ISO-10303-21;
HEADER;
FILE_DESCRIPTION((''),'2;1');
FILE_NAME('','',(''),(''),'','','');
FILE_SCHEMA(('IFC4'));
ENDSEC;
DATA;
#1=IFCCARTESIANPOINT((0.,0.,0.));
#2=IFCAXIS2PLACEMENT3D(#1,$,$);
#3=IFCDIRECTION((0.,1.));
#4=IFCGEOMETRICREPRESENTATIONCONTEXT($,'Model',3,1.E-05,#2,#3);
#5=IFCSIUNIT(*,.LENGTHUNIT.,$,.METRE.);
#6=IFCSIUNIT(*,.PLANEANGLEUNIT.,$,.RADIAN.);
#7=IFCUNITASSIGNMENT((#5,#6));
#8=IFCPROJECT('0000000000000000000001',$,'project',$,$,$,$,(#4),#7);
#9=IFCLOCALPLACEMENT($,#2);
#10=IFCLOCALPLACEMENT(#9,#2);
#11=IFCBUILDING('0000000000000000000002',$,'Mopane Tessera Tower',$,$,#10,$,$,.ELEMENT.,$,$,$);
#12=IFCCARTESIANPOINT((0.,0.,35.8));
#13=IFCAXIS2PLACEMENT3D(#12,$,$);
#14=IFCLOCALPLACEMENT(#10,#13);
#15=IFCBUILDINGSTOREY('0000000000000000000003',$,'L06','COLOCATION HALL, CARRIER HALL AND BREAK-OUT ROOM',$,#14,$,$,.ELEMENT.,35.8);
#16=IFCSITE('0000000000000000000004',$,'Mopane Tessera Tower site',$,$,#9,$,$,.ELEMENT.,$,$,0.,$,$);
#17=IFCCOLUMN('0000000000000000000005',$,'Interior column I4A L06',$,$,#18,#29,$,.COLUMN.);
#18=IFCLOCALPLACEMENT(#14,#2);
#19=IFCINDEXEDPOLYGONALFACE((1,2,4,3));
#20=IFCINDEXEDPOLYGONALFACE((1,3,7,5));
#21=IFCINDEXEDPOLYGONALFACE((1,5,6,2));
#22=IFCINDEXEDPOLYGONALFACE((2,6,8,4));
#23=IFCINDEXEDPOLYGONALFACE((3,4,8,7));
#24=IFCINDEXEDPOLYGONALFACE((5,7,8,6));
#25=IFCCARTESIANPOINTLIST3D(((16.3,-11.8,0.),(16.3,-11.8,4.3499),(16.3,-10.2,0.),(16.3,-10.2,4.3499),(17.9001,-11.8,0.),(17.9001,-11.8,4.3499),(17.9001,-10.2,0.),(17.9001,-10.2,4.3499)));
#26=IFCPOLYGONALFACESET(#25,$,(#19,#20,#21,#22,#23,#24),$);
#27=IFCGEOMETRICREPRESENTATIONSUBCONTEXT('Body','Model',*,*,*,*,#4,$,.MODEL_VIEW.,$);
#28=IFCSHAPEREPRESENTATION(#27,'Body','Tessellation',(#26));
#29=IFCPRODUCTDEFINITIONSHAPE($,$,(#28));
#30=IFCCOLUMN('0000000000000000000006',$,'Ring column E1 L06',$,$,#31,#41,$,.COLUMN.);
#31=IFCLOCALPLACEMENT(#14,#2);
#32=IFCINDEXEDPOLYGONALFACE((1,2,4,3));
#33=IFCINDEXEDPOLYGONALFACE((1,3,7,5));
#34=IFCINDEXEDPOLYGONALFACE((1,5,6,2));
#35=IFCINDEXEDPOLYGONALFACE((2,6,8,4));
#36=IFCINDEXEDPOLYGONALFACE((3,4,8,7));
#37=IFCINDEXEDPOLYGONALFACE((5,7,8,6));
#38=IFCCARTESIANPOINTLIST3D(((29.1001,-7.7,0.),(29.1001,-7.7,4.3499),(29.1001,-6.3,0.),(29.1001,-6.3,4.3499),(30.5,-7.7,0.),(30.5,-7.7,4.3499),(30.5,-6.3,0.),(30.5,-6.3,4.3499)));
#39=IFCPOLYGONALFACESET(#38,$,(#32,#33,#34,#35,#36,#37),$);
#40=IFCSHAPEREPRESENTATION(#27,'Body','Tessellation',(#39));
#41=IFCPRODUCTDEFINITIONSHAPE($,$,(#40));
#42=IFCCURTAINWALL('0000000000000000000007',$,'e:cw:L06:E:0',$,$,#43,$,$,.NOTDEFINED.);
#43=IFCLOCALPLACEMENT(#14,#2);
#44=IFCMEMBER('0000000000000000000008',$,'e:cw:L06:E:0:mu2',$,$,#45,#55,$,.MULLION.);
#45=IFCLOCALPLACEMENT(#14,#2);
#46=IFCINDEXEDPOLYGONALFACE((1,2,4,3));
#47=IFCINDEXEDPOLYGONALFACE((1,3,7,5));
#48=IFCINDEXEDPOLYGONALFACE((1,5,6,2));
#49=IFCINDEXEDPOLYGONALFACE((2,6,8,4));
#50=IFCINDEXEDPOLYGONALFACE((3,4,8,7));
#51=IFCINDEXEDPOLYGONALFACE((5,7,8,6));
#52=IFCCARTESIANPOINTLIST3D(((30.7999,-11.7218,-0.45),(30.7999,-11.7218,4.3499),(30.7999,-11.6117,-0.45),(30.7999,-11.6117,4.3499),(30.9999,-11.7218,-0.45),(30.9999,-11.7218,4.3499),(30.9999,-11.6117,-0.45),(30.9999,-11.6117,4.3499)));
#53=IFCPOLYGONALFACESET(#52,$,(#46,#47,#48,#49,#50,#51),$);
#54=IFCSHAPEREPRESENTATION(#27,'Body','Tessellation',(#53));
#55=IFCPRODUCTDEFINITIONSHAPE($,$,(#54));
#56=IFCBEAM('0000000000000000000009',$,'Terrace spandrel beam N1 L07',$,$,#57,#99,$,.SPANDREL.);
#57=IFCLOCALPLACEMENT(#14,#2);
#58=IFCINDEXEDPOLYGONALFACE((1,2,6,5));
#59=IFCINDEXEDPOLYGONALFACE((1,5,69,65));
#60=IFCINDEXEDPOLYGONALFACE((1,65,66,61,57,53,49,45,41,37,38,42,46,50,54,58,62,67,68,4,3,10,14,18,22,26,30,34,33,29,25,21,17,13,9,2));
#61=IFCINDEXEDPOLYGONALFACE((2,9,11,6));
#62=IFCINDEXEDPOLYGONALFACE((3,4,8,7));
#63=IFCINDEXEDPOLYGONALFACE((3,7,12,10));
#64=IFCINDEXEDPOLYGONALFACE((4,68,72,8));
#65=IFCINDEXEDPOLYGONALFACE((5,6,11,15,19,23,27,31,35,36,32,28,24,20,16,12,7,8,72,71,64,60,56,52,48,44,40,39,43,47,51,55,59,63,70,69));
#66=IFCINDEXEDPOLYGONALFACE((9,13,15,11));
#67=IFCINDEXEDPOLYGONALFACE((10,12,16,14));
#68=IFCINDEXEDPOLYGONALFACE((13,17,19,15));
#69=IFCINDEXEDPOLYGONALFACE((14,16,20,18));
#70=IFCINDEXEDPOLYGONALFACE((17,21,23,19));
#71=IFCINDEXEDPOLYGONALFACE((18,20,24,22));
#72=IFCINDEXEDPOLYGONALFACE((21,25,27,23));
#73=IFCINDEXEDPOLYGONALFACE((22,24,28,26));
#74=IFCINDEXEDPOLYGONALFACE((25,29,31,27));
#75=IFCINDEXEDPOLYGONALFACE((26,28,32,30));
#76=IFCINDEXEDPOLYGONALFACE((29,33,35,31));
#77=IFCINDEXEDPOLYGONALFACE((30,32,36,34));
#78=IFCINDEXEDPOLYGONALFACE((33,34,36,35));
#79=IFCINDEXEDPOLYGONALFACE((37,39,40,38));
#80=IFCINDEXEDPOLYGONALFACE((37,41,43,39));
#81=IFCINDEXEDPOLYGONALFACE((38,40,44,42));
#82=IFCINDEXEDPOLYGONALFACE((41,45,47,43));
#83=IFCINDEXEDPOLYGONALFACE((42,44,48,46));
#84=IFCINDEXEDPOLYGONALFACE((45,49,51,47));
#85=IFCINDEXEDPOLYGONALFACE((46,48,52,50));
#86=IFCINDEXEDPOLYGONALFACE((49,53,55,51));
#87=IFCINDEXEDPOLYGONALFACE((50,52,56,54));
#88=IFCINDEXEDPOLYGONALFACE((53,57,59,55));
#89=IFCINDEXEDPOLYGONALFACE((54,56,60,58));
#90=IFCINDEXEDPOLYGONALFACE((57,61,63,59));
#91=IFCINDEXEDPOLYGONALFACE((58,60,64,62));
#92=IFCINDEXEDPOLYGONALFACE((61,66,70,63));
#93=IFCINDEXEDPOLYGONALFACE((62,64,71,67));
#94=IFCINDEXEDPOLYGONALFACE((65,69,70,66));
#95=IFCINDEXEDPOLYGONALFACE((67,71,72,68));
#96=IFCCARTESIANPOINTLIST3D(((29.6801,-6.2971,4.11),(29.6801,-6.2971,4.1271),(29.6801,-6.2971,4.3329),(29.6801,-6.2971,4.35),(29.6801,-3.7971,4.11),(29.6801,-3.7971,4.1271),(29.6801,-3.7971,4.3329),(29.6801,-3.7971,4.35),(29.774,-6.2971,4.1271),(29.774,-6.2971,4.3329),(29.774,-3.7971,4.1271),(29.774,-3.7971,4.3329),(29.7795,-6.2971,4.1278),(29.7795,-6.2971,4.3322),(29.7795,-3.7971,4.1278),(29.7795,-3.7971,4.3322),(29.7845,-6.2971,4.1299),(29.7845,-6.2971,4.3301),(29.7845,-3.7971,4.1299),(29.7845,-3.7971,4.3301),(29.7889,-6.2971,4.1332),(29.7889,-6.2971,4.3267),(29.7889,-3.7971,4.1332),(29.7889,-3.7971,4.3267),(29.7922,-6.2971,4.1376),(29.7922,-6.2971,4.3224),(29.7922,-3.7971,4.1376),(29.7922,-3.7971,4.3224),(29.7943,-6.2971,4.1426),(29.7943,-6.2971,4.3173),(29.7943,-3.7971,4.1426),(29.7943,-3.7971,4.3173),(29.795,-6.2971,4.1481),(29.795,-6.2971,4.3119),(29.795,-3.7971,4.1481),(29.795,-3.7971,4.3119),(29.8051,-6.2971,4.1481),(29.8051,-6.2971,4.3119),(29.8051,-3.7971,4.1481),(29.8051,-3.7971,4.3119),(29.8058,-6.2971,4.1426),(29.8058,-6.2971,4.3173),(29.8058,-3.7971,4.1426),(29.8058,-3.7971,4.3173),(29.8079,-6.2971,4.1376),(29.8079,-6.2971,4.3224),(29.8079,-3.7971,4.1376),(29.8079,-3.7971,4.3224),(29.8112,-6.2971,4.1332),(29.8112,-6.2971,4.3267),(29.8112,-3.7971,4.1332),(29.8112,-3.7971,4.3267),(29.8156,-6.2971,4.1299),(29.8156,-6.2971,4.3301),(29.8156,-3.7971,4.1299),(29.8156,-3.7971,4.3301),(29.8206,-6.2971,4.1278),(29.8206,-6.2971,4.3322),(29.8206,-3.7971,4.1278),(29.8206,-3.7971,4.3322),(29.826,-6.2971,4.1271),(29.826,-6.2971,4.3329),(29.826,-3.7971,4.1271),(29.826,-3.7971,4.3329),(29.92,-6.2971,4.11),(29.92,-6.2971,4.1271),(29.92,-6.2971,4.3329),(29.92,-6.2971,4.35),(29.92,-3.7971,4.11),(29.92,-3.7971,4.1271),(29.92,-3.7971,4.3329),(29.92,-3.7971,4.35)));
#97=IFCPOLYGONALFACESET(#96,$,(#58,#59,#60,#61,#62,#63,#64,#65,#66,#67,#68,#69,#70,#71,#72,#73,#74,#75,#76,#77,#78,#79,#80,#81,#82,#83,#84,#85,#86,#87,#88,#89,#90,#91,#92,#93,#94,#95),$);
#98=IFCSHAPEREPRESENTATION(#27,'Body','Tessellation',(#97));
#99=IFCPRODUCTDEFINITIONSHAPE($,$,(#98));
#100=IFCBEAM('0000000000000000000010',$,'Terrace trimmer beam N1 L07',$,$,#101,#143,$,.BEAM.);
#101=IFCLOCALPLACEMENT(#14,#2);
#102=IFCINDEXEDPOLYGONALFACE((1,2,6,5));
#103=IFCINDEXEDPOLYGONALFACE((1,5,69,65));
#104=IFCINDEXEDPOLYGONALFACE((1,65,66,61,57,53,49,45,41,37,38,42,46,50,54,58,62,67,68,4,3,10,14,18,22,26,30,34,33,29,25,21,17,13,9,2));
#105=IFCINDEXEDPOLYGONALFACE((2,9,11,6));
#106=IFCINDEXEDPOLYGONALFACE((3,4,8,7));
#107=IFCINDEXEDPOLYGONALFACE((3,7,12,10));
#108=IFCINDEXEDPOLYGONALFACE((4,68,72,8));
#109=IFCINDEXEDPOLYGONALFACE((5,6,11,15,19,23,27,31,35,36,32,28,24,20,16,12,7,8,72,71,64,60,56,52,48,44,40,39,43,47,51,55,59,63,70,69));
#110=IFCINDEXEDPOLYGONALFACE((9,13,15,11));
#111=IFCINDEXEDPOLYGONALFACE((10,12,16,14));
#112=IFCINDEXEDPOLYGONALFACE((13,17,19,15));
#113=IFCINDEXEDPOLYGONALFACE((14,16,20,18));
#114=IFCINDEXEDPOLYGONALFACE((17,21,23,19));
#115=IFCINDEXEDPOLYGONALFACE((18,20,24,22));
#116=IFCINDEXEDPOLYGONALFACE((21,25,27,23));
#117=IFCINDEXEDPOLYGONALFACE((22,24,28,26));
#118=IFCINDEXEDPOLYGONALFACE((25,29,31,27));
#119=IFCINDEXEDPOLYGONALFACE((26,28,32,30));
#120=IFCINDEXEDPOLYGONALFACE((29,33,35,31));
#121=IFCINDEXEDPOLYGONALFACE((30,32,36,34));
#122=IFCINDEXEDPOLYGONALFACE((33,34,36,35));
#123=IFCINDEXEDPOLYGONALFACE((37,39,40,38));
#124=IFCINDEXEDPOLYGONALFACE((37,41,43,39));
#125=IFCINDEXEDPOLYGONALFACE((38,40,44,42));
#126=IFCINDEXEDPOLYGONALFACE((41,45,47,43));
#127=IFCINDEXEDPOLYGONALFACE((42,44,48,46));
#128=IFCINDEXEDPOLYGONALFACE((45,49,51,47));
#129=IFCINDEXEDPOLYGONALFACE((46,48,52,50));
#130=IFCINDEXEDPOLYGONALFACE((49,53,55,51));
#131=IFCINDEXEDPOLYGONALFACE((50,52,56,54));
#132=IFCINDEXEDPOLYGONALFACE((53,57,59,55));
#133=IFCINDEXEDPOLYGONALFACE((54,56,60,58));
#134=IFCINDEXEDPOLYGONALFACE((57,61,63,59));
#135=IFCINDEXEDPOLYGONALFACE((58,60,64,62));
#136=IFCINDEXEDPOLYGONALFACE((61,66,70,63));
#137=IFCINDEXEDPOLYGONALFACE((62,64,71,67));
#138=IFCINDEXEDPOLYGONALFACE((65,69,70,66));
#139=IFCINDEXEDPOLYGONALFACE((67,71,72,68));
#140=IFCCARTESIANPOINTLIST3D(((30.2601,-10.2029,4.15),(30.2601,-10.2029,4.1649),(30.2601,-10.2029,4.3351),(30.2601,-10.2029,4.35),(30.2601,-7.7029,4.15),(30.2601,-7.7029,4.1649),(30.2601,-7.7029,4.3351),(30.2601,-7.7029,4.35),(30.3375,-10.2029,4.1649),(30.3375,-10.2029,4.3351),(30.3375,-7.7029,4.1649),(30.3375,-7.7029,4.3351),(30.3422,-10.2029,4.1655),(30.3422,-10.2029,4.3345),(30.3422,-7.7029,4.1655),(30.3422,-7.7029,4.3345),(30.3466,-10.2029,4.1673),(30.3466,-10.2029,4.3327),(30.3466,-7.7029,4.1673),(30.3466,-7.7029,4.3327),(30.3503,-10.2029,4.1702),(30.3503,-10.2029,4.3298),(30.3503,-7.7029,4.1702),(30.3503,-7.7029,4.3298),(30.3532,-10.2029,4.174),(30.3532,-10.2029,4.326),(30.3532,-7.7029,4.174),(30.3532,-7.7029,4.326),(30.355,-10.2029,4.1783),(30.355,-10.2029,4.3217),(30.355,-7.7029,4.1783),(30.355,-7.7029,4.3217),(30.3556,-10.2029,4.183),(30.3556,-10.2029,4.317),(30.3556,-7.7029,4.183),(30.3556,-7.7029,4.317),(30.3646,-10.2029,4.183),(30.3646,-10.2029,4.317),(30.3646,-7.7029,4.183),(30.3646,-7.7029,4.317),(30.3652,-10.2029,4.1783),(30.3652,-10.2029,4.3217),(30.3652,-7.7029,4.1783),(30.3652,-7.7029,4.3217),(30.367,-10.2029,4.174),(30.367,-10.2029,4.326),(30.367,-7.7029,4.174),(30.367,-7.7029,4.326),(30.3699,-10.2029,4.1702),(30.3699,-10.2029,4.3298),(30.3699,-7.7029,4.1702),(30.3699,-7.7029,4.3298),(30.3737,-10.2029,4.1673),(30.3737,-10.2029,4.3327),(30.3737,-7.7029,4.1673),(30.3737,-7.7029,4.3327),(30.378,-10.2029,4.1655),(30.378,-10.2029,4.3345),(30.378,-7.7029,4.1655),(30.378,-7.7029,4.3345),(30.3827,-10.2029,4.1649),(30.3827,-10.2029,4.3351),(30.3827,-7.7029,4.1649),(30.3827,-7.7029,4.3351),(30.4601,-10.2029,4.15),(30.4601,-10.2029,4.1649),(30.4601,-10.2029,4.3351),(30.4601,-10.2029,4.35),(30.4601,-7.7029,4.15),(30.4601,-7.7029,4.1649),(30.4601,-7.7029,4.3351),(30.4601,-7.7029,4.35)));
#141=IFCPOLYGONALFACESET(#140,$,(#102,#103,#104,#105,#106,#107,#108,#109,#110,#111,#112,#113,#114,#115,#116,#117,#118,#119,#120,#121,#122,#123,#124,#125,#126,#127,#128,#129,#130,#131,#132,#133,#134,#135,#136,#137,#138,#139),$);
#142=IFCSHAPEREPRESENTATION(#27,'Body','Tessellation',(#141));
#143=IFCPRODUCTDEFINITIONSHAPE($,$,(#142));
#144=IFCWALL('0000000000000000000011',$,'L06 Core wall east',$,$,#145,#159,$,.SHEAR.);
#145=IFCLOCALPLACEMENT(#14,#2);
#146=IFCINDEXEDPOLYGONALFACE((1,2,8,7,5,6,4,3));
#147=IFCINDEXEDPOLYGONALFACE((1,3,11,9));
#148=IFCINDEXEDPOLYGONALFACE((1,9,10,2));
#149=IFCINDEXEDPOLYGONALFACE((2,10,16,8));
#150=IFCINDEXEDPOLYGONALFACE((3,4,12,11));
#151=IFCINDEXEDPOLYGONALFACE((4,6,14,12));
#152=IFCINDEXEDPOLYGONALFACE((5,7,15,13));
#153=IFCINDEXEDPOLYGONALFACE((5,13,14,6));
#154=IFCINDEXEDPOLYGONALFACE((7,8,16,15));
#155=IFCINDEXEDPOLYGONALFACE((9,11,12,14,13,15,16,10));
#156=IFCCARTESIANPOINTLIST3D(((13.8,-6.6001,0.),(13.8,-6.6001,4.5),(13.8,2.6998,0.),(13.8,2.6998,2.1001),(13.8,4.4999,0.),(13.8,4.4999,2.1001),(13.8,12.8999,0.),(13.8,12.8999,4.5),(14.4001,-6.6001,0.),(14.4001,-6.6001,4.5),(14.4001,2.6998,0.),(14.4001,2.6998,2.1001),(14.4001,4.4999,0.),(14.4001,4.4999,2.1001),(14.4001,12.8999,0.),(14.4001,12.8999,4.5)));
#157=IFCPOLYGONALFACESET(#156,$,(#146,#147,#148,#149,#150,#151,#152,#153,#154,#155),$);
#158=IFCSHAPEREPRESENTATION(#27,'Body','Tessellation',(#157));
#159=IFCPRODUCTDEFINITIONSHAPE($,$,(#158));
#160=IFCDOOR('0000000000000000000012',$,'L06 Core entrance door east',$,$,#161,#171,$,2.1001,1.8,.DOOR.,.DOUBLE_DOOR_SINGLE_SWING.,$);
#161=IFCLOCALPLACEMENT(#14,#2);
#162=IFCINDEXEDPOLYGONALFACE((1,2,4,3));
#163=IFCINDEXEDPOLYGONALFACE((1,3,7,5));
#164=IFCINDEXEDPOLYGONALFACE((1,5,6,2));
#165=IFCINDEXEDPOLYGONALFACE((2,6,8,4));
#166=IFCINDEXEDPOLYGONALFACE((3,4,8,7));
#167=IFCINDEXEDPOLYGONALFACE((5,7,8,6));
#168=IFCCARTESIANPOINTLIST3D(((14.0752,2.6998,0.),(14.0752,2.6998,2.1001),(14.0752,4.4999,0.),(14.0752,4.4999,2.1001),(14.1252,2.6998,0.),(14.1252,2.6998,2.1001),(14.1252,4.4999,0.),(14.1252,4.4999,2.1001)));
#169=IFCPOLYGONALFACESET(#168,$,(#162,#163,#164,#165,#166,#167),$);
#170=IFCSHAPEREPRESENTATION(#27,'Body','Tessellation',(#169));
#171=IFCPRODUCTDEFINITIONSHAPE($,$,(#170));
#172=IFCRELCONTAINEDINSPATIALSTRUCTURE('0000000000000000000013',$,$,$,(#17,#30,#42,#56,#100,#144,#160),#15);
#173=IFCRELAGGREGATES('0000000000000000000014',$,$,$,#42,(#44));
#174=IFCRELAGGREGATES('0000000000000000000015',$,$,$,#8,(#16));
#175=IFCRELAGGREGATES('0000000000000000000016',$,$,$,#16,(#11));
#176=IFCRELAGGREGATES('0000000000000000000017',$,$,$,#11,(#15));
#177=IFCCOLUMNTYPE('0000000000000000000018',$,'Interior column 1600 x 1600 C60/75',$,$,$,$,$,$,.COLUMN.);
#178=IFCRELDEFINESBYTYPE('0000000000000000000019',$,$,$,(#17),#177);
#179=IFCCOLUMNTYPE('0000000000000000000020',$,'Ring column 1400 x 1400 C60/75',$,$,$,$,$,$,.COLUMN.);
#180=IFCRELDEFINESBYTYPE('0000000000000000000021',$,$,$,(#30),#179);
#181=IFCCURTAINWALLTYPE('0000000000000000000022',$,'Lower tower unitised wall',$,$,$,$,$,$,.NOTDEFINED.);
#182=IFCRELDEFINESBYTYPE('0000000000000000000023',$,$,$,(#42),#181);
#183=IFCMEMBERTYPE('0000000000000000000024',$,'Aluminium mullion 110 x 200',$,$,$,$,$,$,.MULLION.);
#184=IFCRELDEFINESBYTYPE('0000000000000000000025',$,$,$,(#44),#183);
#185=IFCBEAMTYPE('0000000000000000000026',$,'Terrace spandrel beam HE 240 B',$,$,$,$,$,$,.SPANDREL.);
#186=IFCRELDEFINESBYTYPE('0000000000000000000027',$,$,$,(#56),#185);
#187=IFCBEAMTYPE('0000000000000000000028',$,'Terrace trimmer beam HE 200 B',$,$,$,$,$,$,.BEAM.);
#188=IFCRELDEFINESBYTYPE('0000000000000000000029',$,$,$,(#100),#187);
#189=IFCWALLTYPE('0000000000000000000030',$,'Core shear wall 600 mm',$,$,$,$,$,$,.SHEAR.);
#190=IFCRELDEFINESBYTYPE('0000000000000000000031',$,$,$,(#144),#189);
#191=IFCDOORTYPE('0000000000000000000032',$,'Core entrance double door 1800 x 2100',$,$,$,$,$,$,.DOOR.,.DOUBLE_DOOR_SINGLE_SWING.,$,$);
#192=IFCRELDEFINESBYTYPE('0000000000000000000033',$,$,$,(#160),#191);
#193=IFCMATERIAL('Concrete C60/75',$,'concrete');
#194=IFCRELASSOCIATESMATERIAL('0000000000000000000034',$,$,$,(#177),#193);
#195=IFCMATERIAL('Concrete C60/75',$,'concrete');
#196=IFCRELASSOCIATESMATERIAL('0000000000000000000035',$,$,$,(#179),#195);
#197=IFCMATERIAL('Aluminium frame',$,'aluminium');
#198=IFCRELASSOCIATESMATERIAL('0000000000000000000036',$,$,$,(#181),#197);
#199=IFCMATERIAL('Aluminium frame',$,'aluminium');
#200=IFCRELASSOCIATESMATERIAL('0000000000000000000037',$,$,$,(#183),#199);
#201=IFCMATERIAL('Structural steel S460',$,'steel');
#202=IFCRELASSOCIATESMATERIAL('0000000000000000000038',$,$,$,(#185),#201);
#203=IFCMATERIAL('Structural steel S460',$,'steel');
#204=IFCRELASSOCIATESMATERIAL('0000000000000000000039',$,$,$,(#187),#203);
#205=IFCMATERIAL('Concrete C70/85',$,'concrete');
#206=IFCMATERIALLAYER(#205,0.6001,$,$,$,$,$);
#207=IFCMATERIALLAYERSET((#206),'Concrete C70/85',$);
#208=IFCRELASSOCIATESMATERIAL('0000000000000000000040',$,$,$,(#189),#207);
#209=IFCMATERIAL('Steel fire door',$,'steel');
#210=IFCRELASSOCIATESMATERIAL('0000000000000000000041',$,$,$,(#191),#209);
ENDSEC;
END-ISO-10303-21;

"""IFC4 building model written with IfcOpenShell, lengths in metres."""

from ifc_helpers import new_model, si_unit, direction, frame, frame_2d, origin, origin_2d, place, context, subcontext, project, spatial, rectangle, i_section, extrude, material, layer, layer_set, material_profile, profile_set, type_object, element, fill, aggregate, save


model = new_model("IFC4")

# Units and contexts
model_context = context("Model", 3, precision=1e-05, world=origin(), true_north=direction((0.0, 1.0)))
body_context = subcontext(model_context, "Body", "Model", "MODEL_VIEW")
ifc_project = project(units=[si_unit("LENGTHUNIT", "METRE"), si_unit("PLANEANGLEUNIT", "RADIAN")], contexts=[model_context])

# Site, building, storey
site_placement = place(None, origin())
site = spatial("IfcSite", under=ifc_project, at=site_placement, Name="Mopane Tessera Tower site", CompositionType="ELEMENT", RefElevation=0.0)
building_placement = place(site_placement, origin())
building = spatial("IfcBuilding", under=site, at=building_placement, Name="Mopane Tessera Tower", CompositionType="ELEMENT")
storey_placement = place(building_placement, frame((0.0, 0.0, 35.8)))
storey = spatial("IfcBuildingStorey", under=building, at=storey_placement, Name="L06", Description="COLOCATION HALL, CARRIER HALL AND BREAK-OUT ROOM", CompositionType="ELEMENT", Elevation=35.8)

# Columns
ifc_material_1 = material(Name="Concrete C60/75", Category="concrete")
ifc_material_profile_1 = material_profile(ifc_material_1, rectangle(XDim=1.6001, YDim=1.6001, at=origin_2d()))
ifc_profile_set_1 = profile_set([ifc_material_profile_1], Name="Concrete C60/75")
column_type_1 = type_object("IfcColumnType", Name="Interior column 1600 x 1600 C60/75", PredefinedType="COLUMN", material=ifc_profile_set_1)
column_1_placement = place(storey_placement, frame((17.1001, -11.0, 0.0), z_axis=(0.0, 0.0, 1.0), x_axis=(1.0, 0.0, 0.0)))
element("IfcColumn", 1, at=column_1_placement, inside=storey, type_object=column_type_1, Name="Interior column I4A L06", PredefinedType="COLUMN", context=body_context, shape_type="SweptSolid", body=[
    extrude(rectangle(XDim=1.6001, YDim=1.6001, at=origin_2d()), origin(), (0.0, 0.0, 1.0), 4.3499),
])
ifc_material_2 = material(Name="Concrete C60/75", Category="concrete")
ifc_material_profile_2 = material_profile(ifc_material_2, rectangle(XDim=1.3999, YDim=1.3999, at=origin_2d()))
ifc_profile_set_2 = profile_set([ifc_material_profile_2], Name="Concrete C60/75")
column_type_2 = type_object("IfcColumnType", Name="Ring column 1400 x 1400 C60/75", PredefinedType="COLUMN", material=ifc_profile_set_2)
column_2_placement = place(storey_placement, frame((29.8, -7.0, 0.0), z_axis=(0.0, 0.0, 1.0), x_axis=(1.0, 0.0, 0.0)))
element("IfcColumn", 2, at=column_2_placement, inside=storey, type_object=column_type_2, Name="Ring column E1 L06", PredefinedType="COLUMN", context=body_context, shape_type="SweptSolid", body=[
    extrude(rectangle(XDim=1.3999, YDim=1.3999, at=origin_2d()), origin(), (0.0, 0.0, 1.0), 4.3499),
])

# Curtain wall, member
ifc_material_3 = material(Name="Aluminium frame", Category="aluminium")
curtain_wall_type = type_object("IfcCurtainWallType", Name="Lower tower unitised wall", PredefinedType="NOTDEFINED", material=ifc_material_3)
curtain_wall_placement = place(storey_placement, origin())
curtain_wall = element("IfcCurtainWall", 3, at=curtain_wall_placement, inside=storey, type_object=curtain_wall_type, Name="e:cw:L06:E:0", PredefinedType="NOTDEFINED")
ifc_material_4 = material(Name="Aluminium frame", Category="aluminium")
ifc_material_profile_3 = material_profile(ifc_material_4, rectangle(XDim=0.1101, YDim=0.2, at=origin_2d()))
ifc_profile_set_3 = profile_set([ifc_material_profile_3], Name="Aluminium frame")
member_type = type_object("IfcMemberType", Name="Aluminium mullion 110 x 200", PredefinedType="MULLION", material=ifc_profile_set_3)
member_placement = place(storey_placement, frame((30.8999, -11.6667, -0.45), z_axis=(0.0, 0.0, 1.0), x_axis=(0.0, 1.0, 0.0)))
member = element("IfcMember", 4, at=member_placement, type_object=member_type, Name="e:cw:L06:E:0:mu2", PredefinedType="MULLION", context=body_context, shape_type="SweptSolid", body=[
    extrude(rectangle(XDim=0.1101, YDim=0.2, at=origin_2d()), origin(), (0.0, 0.0, 1.0), 4.7998),
])
aggregate(curtain_wall, [member])

# Beams
ifc_material_5 = material(Name="Structural steel S460", Category="steel")
ifc_material_profile_4 = material_profile(ifc_material_5, i_section(OverallWidth=0.24, OverallDepth=0.24, WebThickness=0.01, FlangeThickness=0.0171, FilletRadius=0.021, at=origin_2d()))
ifc_profile_set_4 = profile_set([ifc_material_profile_4], Name="Structural steel S460")
beam_type_1 = type_object("IfcBeamType", Name="Terrace spandrel beam HE 240 B", PredefinedType="SPANDREL", material=ifc_profile_set_4)
beam_1_placement = place(storey_placement, frame((29.8, -6.2971, 4.23), z_axis=(0.0, 1.0, 0.0), x_axis=(-1.0, 0.0, 0.0)))
element("IfcBeam", 5, at=beam_1_placement, inside=storey, type_object=beam_type_1, Name="Terrace spandrel beam N1 L07", PredefinedType="SPANDREL", context=body_context, shape_type="SweptSolid", body=[
    extrude(i_section(OverallWidth=0.24, OverallDepth=0.24, WebThickness=0.01, FlangeThickness=0.0171, FilletRadius=0.021, at=origin_2d()), origin(), (0.0, 0.0, 1.0), 2.5),
])
ifc_material_6 = material(Name="Structural steel S460", Category="steel")
ifc_material_profile_5 = material_profile(ifc_material_6, i_section(OverallWidth=0.2, OverallDepth=0.2, WebThickness=0.009, FlangeThickness=0.0149, FilletRadius=0.0181, at=origin_2d()))
ifc_profile_set_5 = profile_set([ifc_material_profile_5], Name="Structural steel S460")
beam_type_2 = type_object("IfcBeamType", Name="Terrace trimmer beam HE 200 B", PredefinedType="BEAM", material=ifc_profile_set_5)
beam_2_placement = place(storey_placement, frame((30.3601, -7.7029, 4.25), z_axis=(0.0, -1.0, 0.0), x_axis=(1.0, 0.0, 0.0)))
element("IfcBeam", 6, at=beam_2_placement, inside=storey, type_object=beam_type_2, Name="Terrace trimmer beam N1 L07", PredefinedType="BEAM", context=body_context, shape_type="SweptSolid", body=[
    extrude(i_section(OverallWidth=0.2, OverallDepth=0.2, WebThickness=0.009, FlangeThickness=0.0149, FilletRadius=0.0181, at=origin_2d()), origin(), (0.0, 0.0, 1.0), 2.5),
])

# Wall, opening, door
ifc_material_7 = material(Name="Concrete C70/85", Category="concrete")
ifc_layer_1 = layer(ifc_material_7, 0.6001)
ifc_layer_set_1 = layer_set([ifc_layer_1], Name="Concrete C70/85")
wall_type_1 = type_object("IfcWallType", Name="Core shear wall 600 mm", PredefinedType="SHEAR", material=ifc_layer_set_1)
wall_1_placement = place(storey_placement, frame((14.1001, -6.6001, 0.0), z_axis=(0.0, 0.0, 1.0), x_axis=(0.0, 1.0, 0.0)))
wall_1 = element("IfcWall", 7, at=wall_1_placement, inside=storey, type_object=wall_type_1, Name="L06 Core wall east", PredefinedType="SHEAR", context=body_context, shape_type="SweptSolid", body=[
    extrude(rectangle(XDim=19.5, YDim=0.6001, at=frame_2d((9.75, 0.0))), origin(), (0.0, 0.0, 1.0), 4.5),
])
opening_1_placement = place(wall_1_placement, frame((9.3, 0.0, 0.0)))
opening_1 = element("IfcOpeningElement", 8, at=opening_1_placement, cuts=wall_1, PredefinedType="OPENING", context=body_context, shape_type="SweptSolid", body=[
    extrude(rectangle(XDim=1.8, YDim=2.1001, at=frame_2d((0.8999, 1.05))), frame((0.0, 0.312, 0.0), z_axis=(0.0, -1.0, 0.0), x_axis=(1.0, 0.0, 0.0)), (0.0, 0.0, 1.0), 0.624),
])
ifc_material_8 = material(Name="Steel fire door", Category="steel")
door_type_1 = type_object("IfcDoorType", Name="Core entrance double door 1800 x 2100", OperationType="DOUBLE_DOOR_SINGLE_SWING", PredefinedType="DOOR", material=ifc_material_8)
door_1_placement = place(opening_1_placement, origin())
door_1 = element("IfcDoor", 9, at=door_1_placement, inside=storey, type_object=door_type_1, Name="L06 Core entrance door east", OperationType="DOUBLE_DOOR_SINGLE_SWING", OverallHeight=2.1001, OverallWidth=1.8, PredefinedType="DOOR", context=body_context, shape_type="SweptSolid", body=[
    extrude(rectangle(XDim=1.8, YDim=2.1001, at=frame_2d((0.8999, 1.05))), frame((0.0, 0.0249, 0.0), z_axis=(0.0, -1.0, 0.0), x_axis=(1.0, 0.0, 0.0)), (0.0, 0.0, 1.0), 0.05),
])
fill(opening_1, door_1)

save(model, "model.ifc")
